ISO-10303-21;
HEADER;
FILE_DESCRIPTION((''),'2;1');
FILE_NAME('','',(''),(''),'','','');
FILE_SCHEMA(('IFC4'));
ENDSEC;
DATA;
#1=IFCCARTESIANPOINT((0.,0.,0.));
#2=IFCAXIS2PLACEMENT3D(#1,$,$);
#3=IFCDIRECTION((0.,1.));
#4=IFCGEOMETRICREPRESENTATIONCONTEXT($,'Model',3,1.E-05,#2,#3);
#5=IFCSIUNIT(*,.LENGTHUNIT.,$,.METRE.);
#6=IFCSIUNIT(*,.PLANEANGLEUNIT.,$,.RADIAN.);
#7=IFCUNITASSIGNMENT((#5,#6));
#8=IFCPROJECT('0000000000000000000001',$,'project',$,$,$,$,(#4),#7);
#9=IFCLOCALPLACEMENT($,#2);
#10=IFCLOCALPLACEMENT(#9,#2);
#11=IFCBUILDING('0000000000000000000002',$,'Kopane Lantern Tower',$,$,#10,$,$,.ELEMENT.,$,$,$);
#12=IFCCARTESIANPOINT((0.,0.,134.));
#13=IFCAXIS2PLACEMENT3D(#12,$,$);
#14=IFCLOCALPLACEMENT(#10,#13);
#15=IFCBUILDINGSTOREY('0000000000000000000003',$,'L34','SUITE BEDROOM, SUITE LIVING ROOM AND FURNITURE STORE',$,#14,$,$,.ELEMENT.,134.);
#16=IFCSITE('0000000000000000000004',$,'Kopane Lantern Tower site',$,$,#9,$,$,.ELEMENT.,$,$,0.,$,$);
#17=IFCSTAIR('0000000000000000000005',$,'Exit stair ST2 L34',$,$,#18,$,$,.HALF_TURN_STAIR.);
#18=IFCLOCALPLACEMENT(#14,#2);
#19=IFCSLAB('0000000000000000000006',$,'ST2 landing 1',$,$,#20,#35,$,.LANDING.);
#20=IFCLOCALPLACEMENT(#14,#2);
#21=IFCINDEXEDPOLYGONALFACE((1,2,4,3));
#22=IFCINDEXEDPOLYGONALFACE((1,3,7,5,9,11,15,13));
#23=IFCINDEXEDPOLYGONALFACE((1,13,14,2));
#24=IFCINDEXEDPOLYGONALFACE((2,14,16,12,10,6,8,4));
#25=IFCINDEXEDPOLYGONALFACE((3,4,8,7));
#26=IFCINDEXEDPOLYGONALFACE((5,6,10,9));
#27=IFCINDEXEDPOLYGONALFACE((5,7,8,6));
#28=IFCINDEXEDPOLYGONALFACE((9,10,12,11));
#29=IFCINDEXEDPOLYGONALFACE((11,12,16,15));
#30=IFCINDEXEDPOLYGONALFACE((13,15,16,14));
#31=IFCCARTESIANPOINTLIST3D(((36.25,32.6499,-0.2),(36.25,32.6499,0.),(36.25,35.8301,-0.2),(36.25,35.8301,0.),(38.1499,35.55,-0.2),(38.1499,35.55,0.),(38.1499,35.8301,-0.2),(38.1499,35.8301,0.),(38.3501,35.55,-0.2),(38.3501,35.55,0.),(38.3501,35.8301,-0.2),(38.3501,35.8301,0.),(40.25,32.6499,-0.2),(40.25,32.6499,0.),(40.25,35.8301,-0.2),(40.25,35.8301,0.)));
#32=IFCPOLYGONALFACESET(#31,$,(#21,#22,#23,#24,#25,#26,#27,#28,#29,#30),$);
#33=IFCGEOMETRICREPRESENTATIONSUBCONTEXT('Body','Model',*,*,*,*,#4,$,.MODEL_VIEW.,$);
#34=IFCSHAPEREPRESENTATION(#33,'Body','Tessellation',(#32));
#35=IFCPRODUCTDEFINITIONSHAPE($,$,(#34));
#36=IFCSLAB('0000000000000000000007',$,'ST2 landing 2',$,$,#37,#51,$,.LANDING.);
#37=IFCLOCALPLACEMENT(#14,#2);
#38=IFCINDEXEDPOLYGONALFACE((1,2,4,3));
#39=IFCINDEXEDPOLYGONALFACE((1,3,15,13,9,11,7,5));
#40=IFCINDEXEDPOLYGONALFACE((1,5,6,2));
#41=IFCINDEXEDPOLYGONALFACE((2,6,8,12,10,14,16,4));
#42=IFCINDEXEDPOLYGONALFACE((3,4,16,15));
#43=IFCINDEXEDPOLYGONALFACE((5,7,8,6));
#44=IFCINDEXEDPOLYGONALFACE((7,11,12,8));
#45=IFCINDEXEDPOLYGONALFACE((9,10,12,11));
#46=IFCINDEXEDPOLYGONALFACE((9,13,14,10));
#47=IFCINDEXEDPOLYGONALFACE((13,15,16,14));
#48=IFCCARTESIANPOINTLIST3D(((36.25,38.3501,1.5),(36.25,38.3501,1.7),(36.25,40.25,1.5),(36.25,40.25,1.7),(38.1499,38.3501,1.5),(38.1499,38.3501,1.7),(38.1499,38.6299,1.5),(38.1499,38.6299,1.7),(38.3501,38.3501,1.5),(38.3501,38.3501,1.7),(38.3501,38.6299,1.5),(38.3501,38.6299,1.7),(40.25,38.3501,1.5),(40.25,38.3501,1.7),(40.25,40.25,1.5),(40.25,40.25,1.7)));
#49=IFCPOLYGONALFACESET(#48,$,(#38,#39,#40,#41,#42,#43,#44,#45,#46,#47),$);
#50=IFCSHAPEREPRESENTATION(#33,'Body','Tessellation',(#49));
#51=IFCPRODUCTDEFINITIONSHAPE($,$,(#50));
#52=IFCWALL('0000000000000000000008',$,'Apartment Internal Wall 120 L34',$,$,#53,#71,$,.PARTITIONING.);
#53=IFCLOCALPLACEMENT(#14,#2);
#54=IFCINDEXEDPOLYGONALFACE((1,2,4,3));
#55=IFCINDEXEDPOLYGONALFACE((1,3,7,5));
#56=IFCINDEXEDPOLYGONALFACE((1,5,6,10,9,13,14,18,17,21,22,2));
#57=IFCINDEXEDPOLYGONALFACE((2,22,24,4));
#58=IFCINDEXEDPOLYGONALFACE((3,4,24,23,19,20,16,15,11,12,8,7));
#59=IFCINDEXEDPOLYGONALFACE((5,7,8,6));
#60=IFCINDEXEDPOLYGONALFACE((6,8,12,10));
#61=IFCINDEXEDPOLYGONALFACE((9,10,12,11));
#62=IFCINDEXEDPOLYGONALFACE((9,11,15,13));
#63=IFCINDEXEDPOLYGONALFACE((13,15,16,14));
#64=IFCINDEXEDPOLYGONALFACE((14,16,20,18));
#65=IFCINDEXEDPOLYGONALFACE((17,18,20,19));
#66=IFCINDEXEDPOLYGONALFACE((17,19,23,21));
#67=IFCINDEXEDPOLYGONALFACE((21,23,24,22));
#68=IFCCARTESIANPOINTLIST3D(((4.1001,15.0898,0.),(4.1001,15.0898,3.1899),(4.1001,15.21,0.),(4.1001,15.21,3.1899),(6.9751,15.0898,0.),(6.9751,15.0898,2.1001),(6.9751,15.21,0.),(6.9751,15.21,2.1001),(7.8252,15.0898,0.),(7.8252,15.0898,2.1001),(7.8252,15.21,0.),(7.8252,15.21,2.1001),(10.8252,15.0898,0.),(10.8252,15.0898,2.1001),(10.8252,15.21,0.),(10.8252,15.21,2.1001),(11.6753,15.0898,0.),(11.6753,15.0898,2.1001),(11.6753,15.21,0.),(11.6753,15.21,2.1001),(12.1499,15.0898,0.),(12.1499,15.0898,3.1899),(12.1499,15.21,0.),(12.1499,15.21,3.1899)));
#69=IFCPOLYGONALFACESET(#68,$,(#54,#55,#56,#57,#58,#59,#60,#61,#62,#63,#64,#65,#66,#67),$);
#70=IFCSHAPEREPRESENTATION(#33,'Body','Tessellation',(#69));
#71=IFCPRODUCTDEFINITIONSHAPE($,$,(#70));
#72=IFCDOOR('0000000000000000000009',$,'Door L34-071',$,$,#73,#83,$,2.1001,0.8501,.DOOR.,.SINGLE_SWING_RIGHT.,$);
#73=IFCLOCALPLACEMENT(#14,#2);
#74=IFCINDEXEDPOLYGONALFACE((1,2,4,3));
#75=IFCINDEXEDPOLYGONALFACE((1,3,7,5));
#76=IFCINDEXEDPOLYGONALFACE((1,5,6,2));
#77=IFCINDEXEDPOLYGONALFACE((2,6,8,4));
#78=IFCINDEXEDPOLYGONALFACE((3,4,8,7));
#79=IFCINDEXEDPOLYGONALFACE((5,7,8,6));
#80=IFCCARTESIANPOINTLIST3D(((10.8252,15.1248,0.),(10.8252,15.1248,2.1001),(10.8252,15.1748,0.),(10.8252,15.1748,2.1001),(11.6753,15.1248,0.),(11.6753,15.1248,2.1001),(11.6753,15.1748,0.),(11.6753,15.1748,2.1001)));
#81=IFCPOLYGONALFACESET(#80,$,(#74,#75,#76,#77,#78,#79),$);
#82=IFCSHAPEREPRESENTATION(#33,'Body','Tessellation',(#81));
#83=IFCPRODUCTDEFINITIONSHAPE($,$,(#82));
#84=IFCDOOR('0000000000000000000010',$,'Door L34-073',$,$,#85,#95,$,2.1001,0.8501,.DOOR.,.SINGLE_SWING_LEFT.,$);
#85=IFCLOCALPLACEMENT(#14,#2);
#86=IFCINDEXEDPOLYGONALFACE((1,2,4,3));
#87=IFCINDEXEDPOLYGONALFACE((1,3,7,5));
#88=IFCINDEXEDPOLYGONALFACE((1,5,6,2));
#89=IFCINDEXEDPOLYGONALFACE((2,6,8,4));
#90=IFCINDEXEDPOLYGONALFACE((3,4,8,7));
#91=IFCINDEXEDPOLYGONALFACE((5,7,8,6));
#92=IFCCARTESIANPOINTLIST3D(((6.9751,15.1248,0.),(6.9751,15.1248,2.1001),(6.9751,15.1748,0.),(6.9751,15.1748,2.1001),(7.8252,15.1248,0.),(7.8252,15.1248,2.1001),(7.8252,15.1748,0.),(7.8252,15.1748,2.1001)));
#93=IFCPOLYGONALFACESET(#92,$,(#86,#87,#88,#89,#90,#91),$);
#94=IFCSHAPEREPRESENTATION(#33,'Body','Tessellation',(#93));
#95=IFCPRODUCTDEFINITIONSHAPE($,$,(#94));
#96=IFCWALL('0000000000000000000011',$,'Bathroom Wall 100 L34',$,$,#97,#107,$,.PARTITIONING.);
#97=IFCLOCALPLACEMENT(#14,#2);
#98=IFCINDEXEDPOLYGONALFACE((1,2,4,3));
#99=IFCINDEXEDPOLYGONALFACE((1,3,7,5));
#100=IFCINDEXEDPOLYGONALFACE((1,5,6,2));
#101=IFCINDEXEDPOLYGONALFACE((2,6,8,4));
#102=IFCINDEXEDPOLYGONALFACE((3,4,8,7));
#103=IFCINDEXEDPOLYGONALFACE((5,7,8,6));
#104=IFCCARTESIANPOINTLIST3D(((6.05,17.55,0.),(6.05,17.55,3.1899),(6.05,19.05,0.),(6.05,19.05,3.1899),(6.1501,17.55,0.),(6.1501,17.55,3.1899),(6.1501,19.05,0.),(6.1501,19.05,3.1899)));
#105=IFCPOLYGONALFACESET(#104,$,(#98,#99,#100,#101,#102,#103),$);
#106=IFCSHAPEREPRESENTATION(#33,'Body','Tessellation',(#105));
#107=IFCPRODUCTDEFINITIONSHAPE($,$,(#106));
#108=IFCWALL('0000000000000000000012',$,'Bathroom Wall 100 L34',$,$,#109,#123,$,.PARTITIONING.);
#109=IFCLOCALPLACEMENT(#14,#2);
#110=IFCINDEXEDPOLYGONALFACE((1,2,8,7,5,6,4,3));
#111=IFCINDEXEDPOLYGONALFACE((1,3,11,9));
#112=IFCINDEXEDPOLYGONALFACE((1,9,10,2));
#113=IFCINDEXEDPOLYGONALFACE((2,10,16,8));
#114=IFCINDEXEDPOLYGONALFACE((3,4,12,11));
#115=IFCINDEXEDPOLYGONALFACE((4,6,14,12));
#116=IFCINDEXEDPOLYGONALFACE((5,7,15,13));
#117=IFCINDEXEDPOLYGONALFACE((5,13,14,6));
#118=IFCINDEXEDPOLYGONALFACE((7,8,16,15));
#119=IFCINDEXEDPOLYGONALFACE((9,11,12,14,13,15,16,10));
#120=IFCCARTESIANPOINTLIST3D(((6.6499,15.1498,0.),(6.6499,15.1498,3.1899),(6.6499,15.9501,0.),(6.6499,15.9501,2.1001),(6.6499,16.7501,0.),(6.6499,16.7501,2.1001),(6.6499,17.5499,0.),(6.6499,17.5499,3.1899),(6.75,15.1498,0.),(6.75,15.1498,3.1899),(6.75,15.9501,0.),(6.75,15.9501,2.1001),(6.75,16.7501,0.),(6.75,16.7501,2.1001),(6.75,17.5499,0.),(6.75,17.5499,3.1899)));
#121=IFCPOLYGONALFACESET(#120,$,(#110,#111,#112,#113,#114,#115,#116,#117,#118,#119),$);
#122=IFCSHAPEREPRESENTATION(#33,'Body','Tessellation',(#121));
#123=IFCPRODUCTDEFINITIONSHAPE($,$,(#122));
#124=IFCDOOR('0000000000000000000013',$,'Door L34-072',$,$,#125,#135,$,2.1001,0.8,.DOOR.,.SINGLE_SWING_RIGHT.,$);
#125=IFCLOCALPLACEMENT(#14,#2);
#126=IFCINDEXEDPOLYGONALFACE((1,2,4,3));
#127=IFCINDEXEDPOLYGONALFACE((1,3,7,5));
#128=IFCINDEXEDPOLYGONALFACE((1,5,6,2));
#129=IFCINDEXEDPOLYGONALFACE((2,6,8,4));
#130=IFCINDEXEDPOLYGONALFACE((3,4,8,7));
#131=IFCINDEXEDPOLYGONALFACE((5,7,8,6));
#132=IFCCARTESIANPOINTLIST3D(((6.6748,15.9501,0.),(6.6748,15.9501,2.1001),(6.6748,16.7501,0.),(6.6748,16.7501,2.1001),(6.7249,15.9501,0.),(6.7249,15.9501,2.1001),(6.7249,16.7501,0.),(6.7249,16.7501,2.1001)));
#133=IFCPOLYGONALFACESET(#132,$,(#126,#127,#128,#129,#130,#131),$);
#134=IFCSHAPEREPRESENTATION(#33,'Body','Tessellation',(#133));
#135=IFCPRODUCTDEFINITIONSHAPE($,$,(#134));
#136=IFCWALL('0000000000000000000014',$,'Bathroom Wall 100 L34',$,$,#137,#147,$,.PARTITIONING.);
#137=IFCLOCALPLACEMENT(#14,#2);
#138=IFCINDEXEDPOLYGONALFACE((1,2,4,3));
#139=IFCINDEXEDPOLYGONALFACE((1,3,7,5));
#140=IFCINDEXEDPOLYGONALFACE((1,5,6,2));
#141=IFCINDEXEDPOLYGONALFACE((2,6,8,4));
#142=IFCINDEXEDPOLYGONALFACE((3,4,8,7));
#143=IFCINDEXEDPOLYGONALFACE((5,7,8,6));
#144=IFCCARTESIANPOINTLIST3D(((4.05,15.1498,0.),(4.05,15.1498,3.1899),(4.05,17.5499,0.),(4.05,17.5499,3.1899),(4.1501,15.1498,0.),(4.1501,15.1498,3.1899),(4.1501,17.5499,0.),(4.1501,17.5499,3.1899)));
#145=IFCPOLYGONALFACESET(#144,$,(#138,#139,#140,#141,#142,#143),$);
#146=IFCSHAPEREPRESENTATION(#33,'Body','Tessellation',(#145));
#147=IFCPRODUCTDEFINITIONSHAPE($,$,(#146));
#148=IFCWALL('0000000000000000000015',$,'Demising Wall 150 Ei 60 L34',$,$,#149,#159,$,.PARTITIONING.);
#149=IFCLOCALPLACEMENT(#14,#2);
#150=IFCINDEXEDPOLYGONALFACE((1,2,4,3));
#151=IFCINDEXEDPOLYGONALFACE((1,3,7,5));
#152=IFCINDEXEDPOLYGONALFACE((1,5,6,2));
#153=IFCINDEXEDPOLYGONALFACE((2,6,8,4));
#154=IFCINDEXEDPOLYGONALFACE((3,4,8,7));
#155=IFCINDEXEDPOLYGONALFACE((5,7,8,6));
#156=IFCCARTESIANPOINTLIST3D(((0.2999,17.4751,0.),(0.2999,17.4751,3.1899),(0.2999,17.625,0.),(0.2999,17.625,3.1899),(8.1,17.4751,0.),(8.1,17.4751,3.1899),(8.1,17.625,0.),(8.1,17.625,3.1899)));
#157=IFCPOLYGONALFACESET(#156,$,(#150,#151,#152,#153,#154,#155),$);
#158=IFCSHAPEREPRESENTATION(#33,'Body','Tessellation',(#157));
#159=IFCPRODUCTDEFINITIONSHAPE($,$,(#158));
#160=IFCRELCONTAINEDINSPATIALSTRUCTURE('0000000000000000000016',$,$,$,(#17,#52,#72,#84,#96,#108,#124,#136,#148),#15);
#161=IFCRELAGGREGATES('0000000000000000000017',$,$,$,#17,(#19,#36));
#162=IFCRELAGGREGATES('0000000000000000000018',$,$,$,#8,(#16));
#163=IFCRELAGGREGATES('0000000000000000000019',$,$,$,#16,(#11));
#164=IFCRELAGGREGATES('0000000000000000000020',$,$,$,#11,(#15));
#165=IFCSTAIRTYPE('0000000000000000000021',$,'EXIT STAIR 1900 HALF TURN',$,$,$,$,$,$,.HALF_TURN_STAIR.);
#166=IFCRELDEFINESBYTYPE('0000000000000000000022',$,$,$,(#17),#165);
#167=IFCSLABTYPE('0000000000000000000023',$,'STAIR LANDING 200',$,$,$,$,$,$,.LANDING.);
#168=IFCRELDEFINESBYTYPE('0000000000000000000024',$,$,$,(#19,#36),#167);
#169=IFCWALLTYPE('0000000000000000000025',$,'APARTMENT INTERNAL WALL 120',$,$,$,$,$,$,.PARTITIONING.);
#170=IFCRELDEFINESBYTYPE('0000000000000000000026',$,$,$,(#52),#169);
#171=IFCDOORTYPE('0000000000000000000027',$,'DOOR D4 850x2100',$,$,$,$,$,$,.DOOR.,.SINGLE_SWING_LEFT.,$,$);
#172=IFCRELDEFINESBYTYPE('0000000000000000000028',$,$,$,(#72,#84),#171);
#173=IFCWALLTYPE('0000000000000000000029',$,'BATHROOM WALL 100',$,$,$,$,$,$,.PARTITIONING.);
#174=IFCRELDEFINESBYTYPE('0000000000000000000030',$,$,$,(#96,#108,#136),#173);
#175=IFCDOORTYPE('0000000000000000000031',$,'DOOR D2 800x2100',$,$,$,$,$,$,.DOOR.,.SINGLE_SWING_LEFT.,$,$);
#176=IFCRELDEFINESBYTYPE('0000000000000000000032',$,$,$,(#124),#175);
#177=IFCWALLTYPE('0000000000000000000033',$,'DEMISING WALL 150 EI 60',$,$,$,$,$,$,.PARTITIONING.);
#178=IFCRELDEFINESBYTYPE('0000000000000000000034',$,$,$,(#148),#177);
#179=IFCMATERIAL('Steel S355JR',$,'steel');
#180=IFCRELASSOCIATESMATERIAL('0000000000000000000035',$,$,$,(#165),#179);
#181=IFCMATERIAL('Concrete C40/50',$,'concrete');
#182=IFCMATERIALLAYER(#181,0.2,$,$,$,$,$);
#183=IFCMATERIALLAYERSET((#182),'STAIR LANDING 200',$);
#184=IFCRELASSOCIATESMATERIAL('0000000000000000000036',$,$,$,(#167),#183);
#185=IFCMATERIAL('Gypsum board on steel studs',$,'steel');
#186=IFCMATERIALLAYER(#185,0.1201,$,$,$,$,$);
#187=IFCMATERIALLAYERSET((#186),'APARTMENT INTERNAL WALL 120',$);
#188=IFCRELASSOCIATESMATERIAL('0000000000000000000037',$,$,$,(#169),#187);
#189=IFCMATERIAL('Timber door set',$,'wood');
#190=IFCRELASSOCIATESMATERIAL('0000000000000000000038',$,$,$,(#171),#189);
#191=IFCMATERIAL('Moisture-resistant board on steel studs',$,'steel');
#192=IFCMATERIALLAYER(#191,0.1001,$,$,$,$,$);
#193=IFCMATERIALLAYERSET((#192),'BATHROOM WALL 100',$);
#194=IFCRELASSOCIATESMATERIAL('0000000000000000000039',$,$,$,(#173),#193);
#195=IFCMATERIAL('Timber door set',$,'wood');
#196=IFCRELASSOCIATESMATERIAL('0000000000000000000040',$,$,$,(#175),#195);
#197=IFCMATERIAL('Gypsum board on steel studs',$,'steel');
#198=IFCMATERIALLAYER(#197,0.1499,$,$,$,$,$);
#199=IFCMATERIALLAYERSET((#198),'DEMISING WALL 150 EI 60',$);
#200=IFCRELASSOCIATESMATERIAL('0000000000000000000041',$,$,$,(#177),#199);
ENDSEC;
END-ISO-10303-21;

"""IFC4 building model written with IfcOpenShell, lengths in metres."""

from ifc_helpers import new_model, si_unit, direction, frame, frame_2d, origin, place, context, subcontext, project, spatial, polyline, rectangle, outline, extrude, material, layer, layer_set, type_object, element, fill, aggregate, save


model = new_model("IFC4")

# Units and contexts
model_context = context("Model", 3, precision=1e-05, world=origin(), true_north=direction((0.0, 1.0)))
body_context = subcontext(model_context, "Body", "Model", "MODEL_VIEW")
ifc_project = project(units=[si_unit("LENGTHUNIT", "METRE"), si_unit("PLANEANGLEUNIT", "RADIAN")], contexts=[model_context])

# Site, building, storey
site_placement = place(None, origin())
site = spatial("IfcSite", under=ifc_project, at=site_placement, Name="Kopane Lantern Tower site", CompositionType="ELEMENT", RefElevation=0.0)
building_placement = place(site_placement, origin())
building = spatial("IfcBuilding", under=site, at=building_placement, Name="Kopane Lantern Tower", CompositionType="ELEMENT")
storey_placement = place(building_placement, frame((0.0, 0.0, 134.0)))
storey = spatial("IfcBuildingStorey", under=building, at=storey_placement, Name="L34", Description="SUITE BEDROOM, SUITE LIVING ROOM AND FURNITURE STORE", CompositionType="ELEMENT", Elevation=134.0)

# Stair, slabs
ifc_material_1 = material(Name="Steel S355JR", Category="steel")
stair_type = type_object("IfcStairType", Name="EXIT STAIR 1900 HALF TURN", PredefinedType="HALF_TURN_STAIR", material=ifc_material_1)
ifc_material_2 = material(Name="Concrete C40/50", Category="concrete")
ifc_layer_1 = layer(ifc_material_2, 0.2)
ifc_layer_set_1 = layer_set([ifc_layer_1], Name="STAIR LANDING 200")
slab_type_1 = type_object("IfcSlabType", Name="STAIR LANDING 200", PredefinedType="LANDING", material=ifc_layer_set_1)
stair_1_placement = place(storey_placement, origin())
stair_1 = element("IfcStair", 1, at=stair_1_placement, inside=storey, type_object=stair_type, Name="Exit stair ST2 L34", PredefinedType="HALF_TURN_STAIR")
slab_1_placement = place(storey_placement, frame((0.0, 0.0, -0.2)))
slab_1 = element("IfcSlab", 2, at=slab_1_placement, type_object=slab_type_1, Name="ST2 landing 1", PredefinedType="LANDING", context=body_context, shape_type="SweptSolid", body=[
    extrude(outline(polyline([(40.25, 35.8301), (38.3501, 35.8301), (38.3501, 35.55), (38.1499, 35.55), (38.1499, 35.8301), (36.25, 35.8301), (36.25, 32.6499), (40.25, 32.6499), (40.25, 35.8301)])), origin(), (0.0, 0.0, 1.0), 0.2),
])
slab_2_placement = place(storey_placement, frame((0.0, 0.0, 1.5)))
slab_2 = element("IfcSlab", 3, at=slab_2_placement, type_object=slab_type_1, Name="ST2 landing 2", PredefinedType="LANDING", context=body_context, shape_type="SweptSolid", body=[
    extrude(outline(polyline([(38.1499, 38.6299), (38.3501, 38.6299), (38.3501, 38.3501), (40.25, 38.3501), (40.25, 40.25), (36.25, 40.25), (36.25, 38.3501), (38.1499, 38.3501), (38.1499, 38.6299)])), origin(), (0.0, 0.0, 1.0), 0.2),
])
aggregate(stair_1, [slab_1, slab_2])

# Wall, openings, doors
ifc_material_3 = material(Name="Gypsum board on steel studs", Category="steel")
ifc_layer_2 = layer(ifc_material_3, 0.1201)
ifc_layer_set_2 = layer_set([ifc_layer_2], Name="APARTMENT INTERNAL WALL 120")
wall_type_1 = type_object("IfcWallType", Name="APARTMENT INTERNAL WALL 120", PredefinedType="PARTITIONING", material=ifc_layer_set_2)
wall_1_placement = place(storey_placement, frame((4.1001, 15.1499, 0.0), z_axis=(0.0, 0.0, 1.0), x_axis=(1.0, 0.0, 0.0)))
wall_1 = element("IfcWall", 4, at=wall_1_placement, inside=storey, type_object=wall_type_1, Name="Apartment Internal Wall 120 L34", PredefinedType="PARTITIONING", context=body_context, shape_type="SweptSolid", body=[
    extrude(rectangle(XDim=8.0498, YDim=0.1201, at=frame_2d((4.0249, 0.0))), origin(), (0.0, 0.0, 1.0), 3.1899),
])
opening_1_placement = place(wall_1_placement, frame((6.7251, 0.0, 0.0)))
opening_1 = element("IfcOpeningElement", 5, at=opening_1_placement, cuts=wall_1, PredefinedType="OPENING", context=body_context, shape_type="SweptSolid", body=[
    extrude(rectangle(XDim=0.8501, YDim=2.1001, at=frame_2d((0.425, 1.05))), frame((0.0, 0.0701, 0.0), z_axis=(0.0, -1.0, 0.0), x_axis=(1.0, 0.0, 0.0)), (0.0, 0.0, 1.0), 0.1401),
])
opening_2_placement = place(wall_1_placement, frame((2.875, 0.0, 0.0)))
opening_2 = element("IfcOpeningElement", 6, at=opening_2_placement, cuts=wall_1, PredefinedType="OPENING", context=body_context, shape_type="SweptSolid", body=[
    extrude(rectangle(XDim=0.8501, YDim=2.1001, at=frame_2d((0.425, 1.05))), frame((0.0, 0.0701, 0.0), z_axis=(0.0, -1.0, 0.0), x_axis=(1.0, 0.0, 0.0)), (0.0, 0.0, 1.0), 0.1401),
])
ifc_material_4 = material(Name="Timber door set", Category="wood")
door_type_1 = type_object("IfcDoorType", Name="DOOR D4 850x2100", OperationType="SINGLE_SWING_LEFT", PredefinedType="DOOR", material=ifc_material_4)
door_1_placement = place(opening_1_placement, origin())
door_1 = element("IfcDoor", 7, at=door_1_placement, inside=storey, type_object=door_type_1, Name="Door L34-071", OperationType="SINGLE_SWING_RIGHT", OverallHeight=2.1001, OverallWidth=0.8501, PredefinedType="DOOR", context=body_context, shape_type="SweptSolid", body=[
    extrude(rectangle(XDim=0.8501, YDim=2.1001, at=frame_2d((0.425, 1.05))), frame((0.0, 0.0249, 0.0), z_axis=(0.0, -1.0, 0.0), x_axis=(1.0, 0.0, 0.0)), (0.0, 0.0, 1.0), 0.05),
])
fill(opening_1, door_1)
door_2_placement = place(opening_2_placement, origin())
door_2 = element("IfcDoor", 8, at=door_2_placement, inside=storey, type_object=door_type_1, Name="Door L34-073", OperationType="SINGLE_SWING_LEFT", OverallHeight=2.1001, OverallWidth=0.8501, PredefinedType="DOOR", context=body_context, shape_type="SweptSolid", body=[
    extrude(rectangle(XDim=0.8501, YDim=2.1001, at=frame_2d((0.425, 1.05))), frame((0.0, 0.0249, 0.0), z_axis=(0.0, -1.0, 0.0), x_axis=(1.0, 0.0, 0.0)), (0.0, 0.0, 1.0), 0.05),
])
fill(opening_2, door_2)

# Wall
ifc_material_5 = material(Name="Moisture-resistant board on steel studs", Category="steel")
ifc_layer_3 = layer(ifc_material_5, 0.1001)
ifc_layer_set_3 = layer_set([ifc_layer_3], Name="BATHROOM WALL 100")
wall_type_2 = type_object("IfcWallType", Name="BATHROOM WALL 100", PredefinedType="PARTITIONING", material=ifc_layer_set_3)
wall_2_placement = place(storey_placement, frame((6.1001, 17.55, 0.0), z_axis=(0.0, 0.0, 1.0), x_axis=(0.0, 1.0, 0.0)))
element("IfcWall", 9, at=wall_2_placement, inside=storey, type_object=wall_type_2, Name="Bathroom Wall 100 L34", PredefinedType="PARTITIONING", context=body_context, shape_type="SweptSolid", body=[
    extrude(rectangle(XDim=1.5, YDim=0.1001, at=frame_2d((0.75, 0.0))), origin(), (0.0, 0.0, 1.0), 3.1899),
])

# Wall, opening, door
wall_3_placement = place(storey_placement, frame((6.7, 17.55, 0.0), z_axis=(0.0, 0.0, 1.0), x_axis=(0.0, -1.0, 0.0)))
wall_3 = element("IfcWall", 10, at=wall_3_placement, inside=storey, type_object=wall_type_2, Name="Bathroom Wall 100 L34", PredefinedType="PARTITIONING", context=body_context, shape_type="SweptSolid", body=[
    extrude(rectangle(XDim=2.4001, YDim=0.1001, at=frame_2d((1.2002, 0.0))), origin(), (0.0, 0.0, 1.0), 3.1899),
])
opening_3_placement = place(wall_3_placement, frame((0.8, 0.0, 0.0)))
opening_3 = element("IfcOpeningElement", 11, at=opening_3_placement, cuts=wall_3, PredefinedType="OPENING", context=body_context, shape_type="SweptSolid", body=[
    extrude(rectangle(XDim=0.8, YDim=2.1001, at=frame_2d((0.3999, 1.05))), frame((0.0, 0.0601, 0.0), z_axis=(0.0, -1.0, 0.0), x_axis=(1.0, 0.0, 0.0)), (0.0, 0.0, 1.0), 0.1201),
])
ifc_material_6 = material(Name="Timber door set", Category="wood")
door_type_2 = type_object("IfcDoorType", Name="DOOR D2 800x2100", OperationType="SINGLE_SWING_LEFT", PredefinedType="DOOR", material=ifc_material_6)
door_3_placement = place(opening_3_placement, origin())
door_3 = element("IfcDoor", 12, at=door_3_placement, inside=storey, type_object=door_type_2, Name="Door L34-072", OperationType="SINGLE_SWING_RIGHT", OverallHeight=2.1001, OverallWidth=0.8, PredefinedType="DOOR", context=body_context, shape_type="SweptSolid", body=[
    extrude(rectangle(XDim=0.8, YDim=2.1001, at=frame_2d((0.3999, 1.05))), frame((0.0, 0.0249, 0.0), z_axis=(0.0, -1.0, 0.0), x_axis=(1.0, 0.0, 0.0)), (0.0, 0.0, 1.0), 0.05),
])
fill(opening_3, door_3)

# Walls
wall_4_placement = place(storey_placement, frame((4.1001, 17.55, 0.0), z_axis=(0.0, 0.0, 1.0), x_axis=(0.0, -1.0, 0.0)))
element("IfcWall", 13, at=wall_4_placement, inside=storey, type_object=wall_type_2, Name="Bathroom Wall 100 L34", PredefinedType="PARTITIONING", context=body_context, shape_type="SweptSolid", body=[
    extrude(rectangle(XDim=2.4001, YDim=0.1001, at=frame_2d((1.2002, 0.0))), origin(), (0.0, 0.0, 1.0), 3.1899),
])
ifc_material_7 = material(Name="Gypsum board on steel studs", Category="steel")
ifc_layer_4 = layer(ifc_material_7, 0.1499)
ifc_layer_set_4 = layer_set([ifc_layer_4], Name="DEMISING WALL 150 EI 60")
wall_type_3 = type_object("IfcWallType", Name="DEMISING WALL 150 EI 60", PredefinedType="PARTITIONING", material=ifc_layer_set_4)
wall_5_placement = place(storey_placement, frame((0.3, 17.55, 0.0), z_axis=(0.0, 0.0, 1.0), x_axis=(1.0, 0.0, 0.0)))
element("IfcWall", 14, at=wall_5_placement, inside=storey, type_object=wall_type_3, Name="Demising Wall 150 Ei 60 L34", PredefinedType="PARTITIONING", context=body_context, shape_type="SweptSolid", body=[
    extrude(rectangle(XDim=7.8, YDim=0.1499, at=frame_2d((3.8999, 0.0))), origin(), (0.0, 0.0, 1.0), 3.1899),
])

save(model, "model.ifc")
